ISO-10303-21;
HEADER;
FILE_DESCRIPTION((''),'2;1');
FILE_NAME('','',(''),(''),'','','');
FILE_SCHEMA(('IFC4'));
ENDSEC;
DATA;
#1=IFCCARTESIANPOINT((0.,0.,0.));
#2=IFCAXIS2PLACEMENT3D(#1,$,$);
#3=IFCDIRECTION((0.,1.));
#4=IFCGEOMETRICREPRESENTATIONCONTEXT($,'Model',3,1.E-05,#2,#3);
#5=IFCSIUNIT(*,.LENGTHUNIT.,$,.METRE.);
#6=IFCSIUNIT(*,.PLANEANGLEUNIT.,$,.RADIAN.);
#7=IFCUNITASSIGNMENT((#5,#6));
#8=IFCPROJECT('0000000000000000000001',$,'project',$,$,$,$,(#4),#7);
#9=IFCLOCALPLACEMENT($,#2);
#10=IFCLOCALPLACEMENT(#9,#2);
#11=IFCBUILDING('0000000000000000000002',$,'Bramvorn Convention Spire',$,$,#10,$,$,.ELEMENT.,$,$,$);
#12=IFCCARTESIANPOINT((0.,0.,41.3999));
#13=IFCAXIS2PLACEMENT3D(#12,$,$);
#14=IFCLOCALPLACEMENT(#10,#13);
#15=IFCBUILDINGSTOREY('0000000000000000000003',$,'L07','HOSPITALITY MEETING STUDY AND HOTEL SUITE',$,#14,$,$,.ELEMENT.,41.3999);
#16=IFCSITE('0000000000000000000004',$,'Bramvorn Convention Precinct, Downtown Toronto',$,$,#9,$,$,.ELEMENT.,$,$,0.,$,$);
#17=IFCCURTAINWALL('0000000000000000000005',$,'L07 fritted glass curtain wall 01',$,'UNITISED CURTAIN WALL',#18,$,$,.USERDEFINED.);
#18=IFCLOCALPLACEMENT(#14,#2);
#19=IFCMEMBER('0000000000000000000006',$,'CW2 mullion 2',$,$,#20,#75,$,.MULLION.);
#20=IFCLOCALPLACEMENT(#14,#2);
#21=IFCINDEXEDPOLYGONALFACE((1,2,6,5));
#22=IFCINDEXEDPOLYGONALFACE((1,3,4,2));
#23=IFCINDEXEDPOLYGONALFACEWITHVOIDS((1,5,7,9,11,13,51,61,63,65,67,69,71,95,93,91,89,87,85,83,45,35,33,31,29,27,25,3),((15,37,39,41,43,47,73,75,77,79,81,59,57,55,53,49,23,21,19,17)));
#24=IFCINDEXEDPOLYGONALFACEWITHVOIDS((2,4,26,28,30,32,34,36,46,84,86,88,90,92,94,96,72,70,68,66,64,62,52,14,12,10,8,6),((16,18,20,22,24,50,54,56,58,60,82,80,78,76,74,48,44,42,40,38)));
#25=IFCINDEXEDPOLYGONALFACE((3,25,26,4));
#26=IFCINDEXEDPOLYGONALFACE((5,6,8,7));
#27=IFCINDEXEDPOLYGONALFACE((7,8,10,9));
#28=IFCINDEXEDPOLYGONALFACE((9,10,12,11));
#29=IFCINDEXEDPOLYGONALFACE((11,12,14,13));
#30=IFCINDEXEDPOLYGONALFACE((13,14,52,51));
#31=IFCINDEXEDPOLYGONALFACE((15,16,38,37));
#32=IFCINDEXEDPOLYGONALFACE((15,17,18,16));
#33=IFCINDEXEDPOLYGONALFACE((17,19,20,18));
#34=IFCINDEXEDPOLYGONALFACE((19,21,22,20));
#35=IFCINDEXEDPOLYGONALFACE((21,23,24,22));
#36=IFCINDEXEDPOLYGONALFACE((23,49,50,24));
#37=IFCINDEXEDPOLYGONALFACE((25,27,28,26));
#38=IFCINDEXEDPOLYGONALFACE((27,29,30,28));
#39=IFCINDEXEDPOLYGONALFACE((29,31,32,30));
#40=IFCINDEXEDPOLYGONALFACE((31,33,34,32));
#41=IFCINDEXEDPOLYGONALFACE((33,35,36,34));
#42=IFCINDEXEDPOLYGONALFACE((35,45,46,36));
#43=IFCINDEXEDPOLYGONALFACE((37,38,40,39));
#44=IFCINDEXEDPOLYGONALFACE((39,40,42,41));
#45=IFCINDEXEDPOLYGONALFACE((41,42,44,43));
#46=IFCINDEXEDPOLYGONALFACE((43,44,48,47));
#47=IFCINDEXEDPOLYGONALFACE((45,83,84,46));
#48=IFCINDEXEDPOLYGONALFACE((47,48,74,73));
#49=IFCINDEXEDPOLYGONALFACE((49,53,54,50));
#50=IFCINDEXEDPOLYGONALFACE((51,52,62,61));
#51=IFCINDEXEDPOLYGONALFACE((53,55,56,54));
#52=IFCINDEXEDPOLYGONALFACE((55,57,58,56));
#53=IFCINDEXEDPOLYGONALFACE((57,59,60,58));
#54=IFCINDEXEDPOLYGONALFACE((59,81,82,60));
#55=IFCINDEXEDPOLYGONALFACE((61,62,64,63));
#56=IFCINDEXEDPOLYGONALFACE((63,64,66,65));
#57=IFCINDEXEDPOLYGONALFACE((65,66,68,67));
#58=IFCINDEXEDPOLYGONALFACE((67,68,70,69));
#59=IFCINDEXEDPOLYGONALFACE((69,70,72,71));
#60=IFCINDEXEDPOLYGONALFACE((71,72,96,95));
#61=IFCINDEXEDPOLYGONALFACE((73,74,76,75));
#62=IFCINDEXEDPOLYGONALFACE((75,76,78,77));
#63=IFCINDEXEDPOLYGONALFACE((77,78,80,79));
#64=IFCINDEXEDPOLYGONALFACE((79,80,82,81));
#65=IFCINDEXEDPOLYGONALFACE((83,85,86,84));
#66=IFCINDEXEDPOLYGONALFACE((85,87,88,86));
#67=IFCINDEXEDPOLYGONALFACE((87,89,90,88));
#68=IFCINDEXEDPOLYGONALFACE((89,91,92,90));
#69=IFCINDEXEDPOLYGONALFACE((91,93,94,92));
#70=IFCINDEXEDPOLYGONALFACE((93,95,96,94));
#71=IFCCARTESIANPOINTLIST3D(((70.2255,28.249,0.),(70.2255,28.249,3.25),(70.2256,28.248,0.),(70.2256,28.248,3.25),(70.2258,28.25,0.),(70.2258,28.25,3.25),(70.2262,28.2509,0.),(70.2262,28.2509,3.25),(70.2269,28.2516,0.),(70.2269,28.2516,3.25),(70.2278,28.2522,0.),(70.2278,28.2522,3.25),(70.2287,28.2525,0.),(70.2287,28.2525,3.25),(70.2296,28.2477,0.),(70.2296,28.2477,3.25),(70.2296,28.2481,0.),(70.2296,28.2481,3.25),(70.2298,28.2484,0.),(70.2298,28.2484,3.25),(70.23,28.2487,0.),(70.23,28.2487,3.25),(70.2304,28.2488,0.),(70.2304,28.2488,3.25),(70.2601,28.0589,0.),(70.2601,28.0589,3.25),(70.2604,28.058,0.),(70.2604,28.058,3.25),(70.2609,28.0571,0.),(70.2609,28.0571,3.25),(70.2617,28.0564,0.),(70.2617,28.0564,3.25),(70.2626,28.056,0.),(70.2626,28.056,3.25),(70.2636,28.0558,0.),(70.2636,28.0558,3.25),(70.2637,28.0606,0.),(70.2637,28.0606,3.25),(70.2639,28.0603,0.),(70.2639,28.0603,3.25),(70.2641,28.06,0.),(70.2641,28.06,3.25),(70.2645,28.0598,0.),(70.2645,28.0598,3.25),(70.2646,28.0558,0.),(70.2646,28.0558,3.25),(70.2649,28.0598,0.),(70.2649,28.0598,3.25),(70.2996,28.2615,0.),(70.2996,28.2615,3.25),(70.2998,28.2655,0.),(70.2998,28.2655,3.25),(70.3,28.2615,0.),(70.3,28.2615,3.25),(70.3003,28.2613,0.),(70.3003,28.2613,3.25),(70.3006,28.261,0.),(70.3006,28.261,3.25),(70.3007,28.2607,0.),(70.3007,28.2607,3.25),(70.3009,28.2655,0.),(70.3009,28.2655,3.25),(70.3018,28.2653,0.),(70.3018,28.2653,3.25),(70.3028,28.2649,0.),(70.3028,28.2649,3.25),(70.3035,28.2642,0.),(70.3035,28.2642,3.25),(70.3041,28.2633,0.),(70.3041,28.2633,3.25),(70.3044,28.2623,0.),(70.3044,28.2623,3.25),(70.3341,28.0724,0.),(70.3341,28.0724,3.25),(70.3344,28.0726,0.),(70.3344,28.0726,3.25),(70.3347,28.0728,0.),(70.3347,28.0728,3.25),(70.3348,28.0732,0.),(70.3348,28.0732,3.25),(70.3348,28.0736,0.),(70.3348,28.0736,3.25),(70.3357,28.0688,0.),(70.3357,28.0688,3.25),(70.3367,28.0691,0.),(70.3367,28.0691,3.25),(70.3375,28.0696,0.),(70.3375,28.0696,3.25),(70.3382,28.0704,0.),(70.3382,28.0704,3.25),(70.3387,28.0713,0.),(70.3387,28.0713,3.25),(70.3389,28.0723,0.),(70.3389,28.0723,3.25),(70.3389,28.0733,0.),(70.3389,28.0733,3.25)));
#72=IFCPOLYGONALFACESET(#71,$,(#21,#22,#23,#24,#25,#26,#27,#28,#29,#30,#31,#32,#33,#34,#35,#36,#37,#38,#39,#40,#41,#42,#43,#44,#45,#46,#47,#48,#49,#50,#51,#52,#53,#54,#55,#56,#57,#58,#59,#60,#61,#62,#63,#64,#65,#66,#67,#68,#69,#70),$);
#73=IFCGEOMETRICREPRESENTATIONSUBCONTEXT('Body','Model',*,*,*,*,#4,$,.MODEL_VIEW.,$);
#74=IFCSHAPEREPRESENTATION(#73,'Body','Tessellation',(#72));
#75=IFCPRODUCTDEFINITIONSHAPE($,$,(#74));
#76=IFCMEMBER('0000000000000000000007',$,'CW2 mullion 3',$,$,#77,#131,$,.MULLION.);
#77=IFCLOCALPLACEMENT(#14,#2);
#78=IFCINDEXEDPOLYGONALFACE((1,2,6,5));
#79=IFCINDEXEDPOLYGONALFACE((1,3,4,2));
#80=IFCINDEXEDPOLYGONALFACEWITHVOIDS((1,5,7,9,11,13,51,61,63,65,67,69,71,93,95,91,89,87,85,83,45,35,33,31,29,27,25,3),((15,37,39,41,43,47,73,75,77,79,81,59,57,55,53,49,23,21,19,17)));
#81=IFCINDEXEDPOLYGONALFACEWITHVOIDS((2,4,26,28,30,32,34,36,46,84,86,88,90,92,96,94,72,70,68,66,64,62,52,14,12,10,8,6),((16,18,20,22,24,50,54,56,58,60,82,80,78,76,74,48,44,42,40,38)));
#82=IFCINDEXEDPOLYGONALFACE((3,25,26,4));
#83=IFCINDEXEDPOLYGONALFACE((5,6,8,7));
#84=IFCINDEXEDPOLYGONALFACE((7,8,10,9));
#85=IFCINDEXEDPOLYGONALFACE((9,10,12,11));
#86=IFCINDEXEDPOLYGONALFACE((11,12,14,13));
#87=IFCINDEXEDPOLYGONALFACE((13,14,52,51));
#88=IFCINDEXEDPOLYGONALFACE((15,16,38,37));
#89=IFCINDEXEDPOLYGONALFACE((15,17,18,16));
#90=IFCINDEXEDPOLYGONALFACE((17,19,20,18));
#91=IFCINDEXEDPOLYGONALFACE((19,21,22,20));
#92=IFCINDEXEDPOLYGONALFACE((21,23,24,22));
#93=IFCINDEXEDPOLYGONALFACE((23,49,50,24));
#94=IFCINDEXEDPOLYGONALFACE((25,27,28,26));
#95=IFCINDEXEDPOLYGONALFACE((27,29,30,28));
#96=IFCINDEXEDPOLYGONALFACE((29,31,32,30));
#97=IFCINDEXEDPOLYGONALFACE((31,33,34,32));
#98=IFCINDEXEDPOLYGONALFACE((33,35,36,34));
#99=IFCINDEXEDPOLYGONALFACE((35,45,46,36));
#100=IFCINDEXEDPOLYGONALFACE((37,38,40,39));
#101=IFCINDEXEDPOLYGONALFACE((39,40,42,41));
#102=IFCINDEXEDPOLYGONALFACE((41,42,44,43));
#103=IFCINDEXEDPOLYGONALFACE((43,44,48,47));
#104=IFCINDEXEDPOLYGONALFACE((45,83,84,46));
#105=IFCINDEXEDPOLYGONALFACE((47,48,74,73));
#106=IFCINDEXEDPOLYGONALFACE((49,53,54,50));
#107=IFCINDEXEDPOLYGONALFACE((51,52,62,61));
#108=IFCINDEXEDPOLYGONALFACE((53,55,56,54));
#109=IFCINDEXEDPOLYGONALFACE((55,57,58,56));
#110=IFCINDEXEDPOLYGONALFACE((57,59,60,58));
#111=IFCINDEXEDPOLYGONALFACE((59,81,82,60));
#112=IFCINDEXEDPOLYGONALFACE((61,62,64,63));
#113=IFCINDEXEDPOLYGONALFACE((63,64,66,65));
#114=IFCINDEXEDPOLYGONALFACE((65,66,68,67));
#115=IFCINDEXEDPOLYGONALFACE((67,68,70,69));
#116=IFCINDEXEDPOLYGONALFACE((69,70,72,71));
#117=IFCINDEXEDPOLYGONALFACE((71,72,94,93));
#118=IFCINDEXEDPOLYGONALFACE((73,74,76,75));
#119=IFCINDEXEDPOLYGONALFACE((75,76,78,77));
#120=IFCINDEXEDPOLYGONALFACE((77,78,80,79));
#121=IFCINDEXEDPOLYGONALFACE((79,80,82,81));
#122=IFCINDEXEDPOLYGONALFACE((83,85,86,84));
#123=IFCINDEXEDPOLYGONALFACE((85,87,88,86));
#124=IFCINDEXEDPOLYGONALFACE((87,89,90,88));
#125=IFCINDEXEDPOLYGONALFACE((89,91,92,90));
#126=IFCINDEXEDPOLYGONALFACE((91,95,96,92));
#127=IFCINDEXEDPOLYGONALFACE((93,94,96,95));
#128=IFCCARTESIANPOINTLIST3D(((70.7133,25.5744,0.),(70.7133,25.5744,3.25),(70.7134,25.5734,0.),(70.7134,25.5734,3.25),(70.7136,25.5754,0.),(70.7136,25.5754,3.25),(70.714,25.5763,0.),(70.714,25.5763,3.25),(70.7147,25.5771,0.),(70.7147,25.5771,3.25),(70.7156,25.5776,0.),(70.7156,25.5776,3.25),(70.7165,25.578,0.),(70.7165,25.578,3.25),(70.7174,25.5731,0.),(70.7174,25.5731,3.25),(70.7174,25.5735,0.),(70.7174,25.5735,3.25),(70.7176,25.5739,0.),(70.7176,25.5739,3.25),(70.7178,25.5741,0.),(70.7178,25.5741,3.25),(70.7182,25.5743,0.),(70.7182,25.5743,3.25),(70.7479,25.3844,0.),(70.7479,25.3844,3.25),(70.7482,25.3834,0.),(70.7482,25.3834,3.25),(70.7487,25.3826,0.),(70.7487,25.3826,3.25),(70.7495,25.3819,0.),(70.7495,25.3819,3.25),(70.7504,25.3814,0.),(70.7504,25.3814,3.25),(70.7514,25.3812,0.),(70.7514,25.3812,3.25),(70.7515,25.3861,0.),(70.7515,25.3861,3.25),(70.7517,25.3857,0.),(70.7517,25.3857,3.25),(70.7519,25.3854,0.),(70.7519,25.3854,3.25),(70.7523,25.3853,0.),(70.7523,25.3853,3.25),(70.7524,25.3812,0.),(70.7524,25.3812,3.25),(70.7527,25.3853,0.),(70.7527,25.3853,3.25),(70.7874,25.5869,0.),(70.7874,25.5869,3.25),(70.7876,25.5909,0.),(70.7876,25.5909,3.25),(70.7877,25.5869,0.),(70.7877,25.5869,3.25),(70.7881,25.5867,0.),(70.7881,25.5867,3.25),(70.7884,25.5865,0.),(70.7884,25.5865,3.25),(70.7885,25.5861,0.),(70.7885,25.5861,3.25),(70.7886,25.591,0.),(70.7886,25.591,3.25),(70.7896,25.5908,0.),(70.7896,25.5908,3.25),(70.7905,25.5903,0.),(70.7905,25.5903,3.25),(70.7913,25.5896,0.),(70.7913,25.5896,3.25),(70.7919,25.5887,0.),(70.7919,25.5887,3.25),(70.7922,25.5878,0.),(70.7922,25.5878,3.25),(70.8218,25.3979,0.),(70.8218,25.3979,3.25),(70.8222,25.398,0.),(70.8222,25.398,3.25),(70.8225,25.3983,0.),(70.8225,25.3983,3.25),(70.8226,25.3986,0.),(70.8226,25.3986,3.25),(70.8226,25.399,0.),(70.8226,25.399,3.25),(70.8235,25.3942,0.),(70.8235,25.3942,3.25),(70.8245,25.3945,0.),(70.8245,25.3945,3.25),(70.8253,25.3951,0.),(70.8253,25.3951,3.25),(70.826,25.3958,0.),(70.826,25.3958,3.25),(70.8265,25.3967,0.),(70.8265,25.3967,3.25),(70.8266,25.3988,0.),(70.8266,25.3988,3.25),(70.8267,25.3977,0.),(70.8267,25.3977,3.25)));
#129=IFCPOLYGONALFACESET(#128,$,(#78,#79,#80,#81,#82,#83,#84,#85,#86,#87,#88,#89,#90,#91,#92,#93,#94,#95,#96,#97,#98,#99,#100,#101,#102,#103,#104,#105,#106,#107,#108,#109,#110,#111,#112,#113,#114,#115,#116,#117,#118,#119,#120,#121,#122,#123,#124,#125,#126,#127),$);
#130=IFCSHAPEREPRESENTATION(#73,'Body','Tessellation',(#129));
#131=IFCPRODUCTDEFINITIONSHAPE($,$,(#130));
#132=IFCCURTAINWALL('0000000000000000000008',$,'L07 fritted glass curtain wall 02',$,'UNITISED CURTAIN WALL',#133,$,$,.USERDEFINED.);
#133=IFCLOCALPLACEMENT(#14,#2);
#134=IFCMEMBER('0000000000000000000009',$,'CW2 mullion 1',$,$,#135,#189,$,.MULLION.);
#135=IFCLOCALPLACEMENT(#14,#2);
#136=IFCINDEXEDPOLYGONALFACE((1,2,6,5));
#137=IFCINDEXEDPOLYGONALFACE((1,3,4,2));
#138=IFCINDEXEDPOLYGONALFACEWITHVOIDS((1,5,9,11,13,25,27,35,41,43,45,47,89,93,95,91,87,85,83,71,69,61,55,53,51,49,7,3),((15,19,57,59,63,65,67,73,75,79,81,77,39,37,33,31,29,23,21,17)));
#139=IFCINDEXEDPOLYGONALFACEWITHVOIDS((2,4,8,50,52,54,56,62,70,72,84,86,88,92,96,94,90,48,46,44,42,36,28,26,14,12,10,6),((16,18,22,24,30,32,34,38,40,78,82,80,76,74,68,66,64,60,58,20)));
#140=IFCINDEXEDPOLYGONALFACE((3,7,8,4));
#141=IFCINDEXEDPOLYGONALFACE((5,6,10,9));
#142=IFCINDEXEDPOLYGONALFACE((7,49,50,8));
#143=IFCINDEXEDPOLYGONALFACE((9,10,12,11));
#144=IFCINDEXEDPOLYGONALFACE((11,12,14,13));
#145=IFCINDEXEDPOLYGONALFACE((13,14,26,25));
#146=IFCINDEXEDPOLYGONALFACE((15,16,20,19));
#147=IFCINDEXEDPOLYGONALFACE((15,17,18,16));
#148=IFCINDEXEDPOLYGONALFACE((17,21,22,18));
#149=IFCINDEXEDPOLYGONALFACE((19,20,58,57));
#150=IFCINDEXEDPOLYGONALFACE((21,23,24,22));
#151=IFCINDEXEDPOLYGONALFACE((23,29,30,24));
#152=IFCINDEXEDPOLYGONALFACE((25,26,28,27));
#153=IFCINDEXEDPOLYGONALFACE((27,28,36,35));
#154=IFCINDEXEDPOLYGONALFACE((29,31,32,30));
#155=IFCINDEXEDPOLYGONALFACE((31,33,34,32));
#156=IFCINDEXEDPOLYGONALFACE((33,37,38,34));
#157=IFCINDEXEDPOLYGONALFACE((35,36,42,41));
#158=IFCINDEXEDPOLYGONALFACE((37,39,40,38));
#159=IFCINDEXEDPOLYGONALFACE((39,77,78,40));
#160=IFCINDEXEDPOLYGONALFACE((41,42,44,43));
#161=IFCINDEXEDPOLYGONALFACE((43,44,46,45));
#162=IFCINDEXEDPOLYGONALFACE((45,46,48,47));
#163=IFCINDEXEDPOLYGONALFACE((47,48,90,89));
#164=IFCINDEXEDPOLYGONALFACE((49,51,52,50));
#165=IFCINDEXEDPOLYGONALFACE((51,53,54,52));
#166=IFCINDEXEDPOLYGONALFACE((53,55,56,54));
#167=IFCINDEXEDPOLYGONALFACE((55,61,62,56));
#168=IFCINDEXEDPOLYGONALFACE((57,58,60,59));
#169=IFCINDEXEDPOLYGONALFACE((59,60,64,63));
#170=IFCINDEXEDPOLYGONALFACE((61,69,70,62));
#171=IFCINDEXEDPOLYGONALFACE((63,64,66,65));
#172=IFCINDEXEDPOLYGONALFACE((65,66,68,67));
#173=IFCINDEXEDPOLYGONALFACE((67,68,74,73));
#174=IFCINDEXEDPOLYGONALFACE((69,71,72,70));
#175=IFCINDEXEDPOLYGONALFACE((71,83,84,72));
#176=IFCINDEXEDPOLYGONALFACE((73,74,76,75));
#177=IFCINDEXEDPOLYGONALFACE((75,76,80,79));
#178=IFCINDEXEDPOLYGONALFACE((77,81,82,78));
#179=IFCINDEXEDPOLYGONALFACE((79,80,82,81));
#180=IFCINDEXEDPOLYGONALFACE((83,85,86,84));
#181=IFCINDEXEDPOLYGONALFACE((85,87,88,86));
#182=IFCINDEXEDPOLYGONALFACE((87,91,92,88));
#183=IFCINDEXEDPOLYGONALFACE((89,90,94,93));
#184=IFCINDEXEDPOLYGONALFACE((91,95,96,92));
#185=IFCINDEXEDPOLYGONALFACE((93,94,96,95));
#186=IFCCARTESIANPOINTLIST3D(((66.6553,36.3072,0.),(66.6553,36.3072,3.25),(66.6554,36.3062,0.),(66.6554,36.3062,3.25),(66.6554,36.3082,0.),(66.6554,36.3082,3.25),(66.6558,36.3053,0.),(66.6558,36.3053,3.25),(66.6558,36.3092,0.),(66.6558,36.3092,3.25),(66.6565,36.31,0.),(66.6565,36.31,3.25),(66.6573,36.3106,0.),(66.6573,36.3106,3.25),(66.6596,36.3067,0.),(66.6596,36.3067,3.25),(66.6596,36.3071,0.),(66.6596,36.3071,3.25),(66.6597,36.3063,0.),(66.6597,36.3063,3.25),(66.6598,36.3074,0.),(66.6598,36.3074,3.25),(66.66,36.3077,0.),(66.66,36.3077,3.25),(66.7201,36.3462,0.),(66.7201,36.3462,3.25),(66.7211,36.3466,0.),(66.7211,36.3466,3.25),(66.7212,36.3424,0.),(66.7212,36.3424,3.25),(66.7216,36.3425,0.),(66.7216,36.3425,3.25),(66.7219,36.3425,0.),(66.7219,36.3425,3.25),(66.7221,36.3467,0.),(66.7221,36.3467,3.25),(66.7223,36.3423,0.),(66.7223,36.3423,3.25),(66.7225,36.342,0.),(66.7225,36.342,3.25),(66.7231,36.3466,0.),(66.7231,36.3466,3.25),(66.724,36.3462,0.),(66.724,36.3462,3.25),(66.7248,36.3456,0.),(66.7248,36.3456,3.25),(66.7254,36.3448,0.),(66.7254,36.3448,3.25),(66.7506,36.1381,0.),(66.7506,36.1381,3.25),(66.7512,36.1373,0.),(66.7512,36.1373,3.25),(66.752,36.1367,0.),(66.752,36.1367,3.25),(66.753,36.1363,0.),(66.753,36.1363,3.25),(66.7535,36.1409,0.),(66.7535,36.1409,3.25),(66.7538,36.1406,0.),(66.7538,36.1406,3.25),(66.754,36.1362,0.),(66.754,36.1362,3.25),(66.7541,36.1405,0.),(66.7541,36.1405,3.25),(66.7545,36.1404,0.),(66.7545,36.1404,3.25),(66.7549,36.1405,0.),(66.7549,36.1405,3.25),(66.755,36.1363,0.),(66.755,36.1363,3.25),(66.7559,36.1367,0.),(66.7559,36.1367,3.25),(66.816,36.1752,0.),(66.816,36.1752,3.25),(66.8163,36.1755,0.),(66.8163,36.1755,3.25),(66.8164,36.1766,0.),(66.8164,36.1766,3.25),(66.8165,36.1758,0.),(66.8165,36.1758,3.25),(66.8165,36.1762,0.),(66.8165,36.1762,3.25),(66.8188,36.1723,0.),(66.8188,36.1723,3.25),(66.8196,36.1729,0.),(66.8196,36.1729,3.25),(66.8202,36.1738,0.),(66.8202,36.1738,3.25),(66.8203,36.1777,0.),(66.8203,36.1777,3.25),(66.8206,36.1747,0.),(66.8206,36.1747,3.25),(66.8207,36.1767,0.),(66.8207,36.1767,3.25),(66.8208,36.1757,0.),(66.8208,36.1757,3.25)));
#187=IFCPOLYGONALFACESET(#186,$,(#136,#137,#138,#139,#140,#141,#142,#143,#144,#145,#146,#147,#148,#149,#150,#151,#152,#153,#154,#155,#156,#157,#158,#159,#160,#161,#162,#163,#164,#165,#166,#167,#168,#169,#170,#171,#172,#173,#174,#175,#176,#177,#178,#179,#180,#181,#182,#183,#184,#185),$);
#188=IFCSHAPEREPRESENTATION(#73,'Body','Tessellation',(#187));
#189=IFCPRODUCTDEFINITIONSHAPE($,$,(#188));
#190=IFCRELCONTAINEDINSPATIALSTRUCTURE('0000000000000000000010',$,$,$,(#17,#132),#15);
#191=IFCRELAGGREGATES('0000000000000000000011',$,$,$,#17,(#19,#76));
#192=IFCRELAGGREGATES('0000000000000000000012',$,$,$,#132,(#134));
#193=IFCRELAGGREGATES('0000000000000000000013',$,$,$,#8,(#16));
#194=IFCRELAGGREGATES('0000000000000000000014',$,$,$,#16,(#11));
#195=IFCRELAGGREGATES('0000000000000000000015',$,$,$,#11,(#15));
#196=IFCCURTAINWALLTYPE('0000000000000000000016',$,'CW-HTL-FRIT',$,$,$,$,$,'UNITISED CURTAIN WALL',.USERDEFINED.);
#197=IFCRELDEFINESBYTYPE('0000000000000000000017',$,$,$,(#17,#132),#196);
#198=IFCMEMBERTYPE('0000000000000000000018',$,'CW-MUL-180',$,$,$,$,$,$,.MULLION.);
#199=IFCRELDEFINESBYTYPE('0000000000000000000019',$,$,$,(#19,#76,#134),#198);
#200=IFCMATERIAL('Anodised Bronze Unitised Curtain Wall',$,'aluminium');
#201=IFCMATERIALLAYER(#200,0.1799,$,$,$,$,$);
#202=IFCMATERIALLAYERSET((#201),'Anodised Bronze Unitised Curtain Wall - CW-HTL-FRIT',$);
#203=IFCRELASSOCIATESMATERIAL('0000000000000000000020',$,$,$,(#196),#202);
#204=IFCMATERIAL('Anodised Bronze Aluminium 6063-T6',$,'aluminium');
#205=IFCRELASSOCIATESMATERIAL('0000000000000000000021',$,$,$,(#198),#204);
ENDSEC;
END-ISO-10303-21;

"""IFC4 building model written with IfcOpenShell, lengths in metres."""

from ifc_helpers import new_model, si_unit, direction, frame, origin, origin_2d, place, context, subcontext, project, spatial, hollow_rectangle, extrude, material, layer, layer_set, material_profile, profile_set, type_object, element, aggregate, save


model = new_model("IFC4")

# Units and contexts
model_context = context("Model", 3, precision=1e-05, world=origin(), true_north=direction((0.0, 1.0)))
body_context = subcontext(model_context, "Body", "Model", "MODEL_VIEW")
ifc_project = project(units=[si_unit("LENGTHUNIT", "METRE"), si_unit("PLANEANGLEUNIT", "RADIAN")], contexts=[model_context])

# Site, building, storey
site_placement = place(None, origin())
site = spatial("IfcSite", under=ifc_project, at=site_placement, Name="Bramvorn Convention Precinct, Downtown Toronto", CompositionType="ELEMENT", RefElevation=0.0)
building_placement = place(site_placement, origin())
building = spatial("IfcBuilding", under=site, at=building_placement, Name="Bramvorn Convention Spire", CompositionType="ELEMENT")
storey_placement = place(building_placement, frame((0.0, 0.0, 41.3999)))
storey = spatial("IfcBuildingStorey", under=building, at=storey_placement, Name="L07", Description="HOSPITALITY MEETING STUDY AND HOTEL SUITE", CompositionType="ELEMENT", Elevation=41.3999)

# Curtain walls, members
ifc_material_1 = material(Name="Anodised Bronze Unitised Curtain Wall", Category="aluminium")
ifc_layer_1 = layer(ifc_material_1, 0.1799)
ifc_layer_set_1 = layer_set([ifc_layer_1], Name="Anodised Bronze Unitised Curtain Wall - CW-HTL-FRIT")
curtain_wall_type = type_object("IfcCurtainWallType", Name="CW-HTL-FRIT", ElementType="UNITISED CURTAIN WALL", PredefinedType="USERDEFINED", material=ifc_layer_set_1)
curtain_wall_1_placement = place(storey_placement, origin())
curtain_wall_1 = element("IfcCurtainWall", 1, at=curtain_wall_1_placement, inside=storey, type_object=curtain_wall_type, Name="L07 fritted glass curtain wall 01", ObjectType="UNITISED CURTAIN WALL", PredefinedType="USERDEFINED")
ifc_material_2 = material(Name="Anodised Bronze Aluminium 6063-T6", Category="aluminium")
ifc_material_profile_1 = material_profile(ifc_material_2, hollow_rectangle(XDim=0.0801, YDim=0.2, WallThickness=0.0039, InnerFilletRadius=0.001, OuterFilletRadius=0.0039, at=origin_2d()))
ifc_profile_set_1 = profile_set([ifc_material_profile_1], Name="Anodised Bronze Aluminium 6063-T6 - CWM80X200")
member_type_1 = type_object("IfcMemberType", Name="CW-MUL-180", PredefinedType="MULLION", material=ifc_profile_set_1)
member_1_placement = place(storey_placement, frame((70.2822, 28.1606, 0.0), z_axis=(0.0, 0.0, 1.0), x_axis=(0.983768, 0.179447, 0.0)))
member_1 = element("IfcMember", 2, at=member_1_placement, type_object=member_type_1, Name="CW2 mullion 2", PredefinedType="MULLION", context=body_context, shape_type="SweptSolid", body=[
    extrude(hollow_rectangle(XDim=0.0801, YDim=0.2, WallThickness=0.0039, InnerFilletRadius=0.001, OuterFilletRadius=0.0039, at=origin_2d()), origin(), (0.0, 0.0, 1.0), 3.25),
])
member_2_placement = place(storey_placement, frame((70.77, 25.4861, 0.0), z_axis=(0.0, 0.0, 1.0), x_axis=(0.983768, 0.179447, 0.0)))
member_2 = element("IfcMember", 3, at=member_2_placement, type_object=member_type_1, Name="CW2 mullion 3", PredefinedType="MULLION", context=body_context, shape_type="SweptSolid", body=[
    extrude(hollow_rectangle(XDim=0.0801, YDim=0.2, WallThickness=0.0039, InnerFilletRadius=0.001, OuterFilletRadius=0.0039, at=origin_2d()), origin(), (0.0, 0.0, 1.0), 3.25),
])
curtain_wall_2_placement = place(storey_placement, origin())
curtain_wall_2 = element("IfcCurtainWall", 4, at=curtain_wall_2_placement, inside=storey, type_object=curtain_wall_type, Name="L07 fritted glass curtain wall 02", ObjectType="UNITISED CURTAIN WALL", PredefinedType="USERDEFINED")
member_3_placement = place(storey_placement, frame((66.738, 36.2415, 0.0), z_axis=(0.0, 0.0, 1.0), x_axis=(0.869742, 0.493507, 0.0)))
member_3 = element("IfcMember", 5, at=member_3_placement, type_object=member_type_1, Name="CW2 mullion 1", PredefinedType="MULLION", context=body_context, shape_type="SweptSolid", body=[
    extrude(hollow_rectangle(XDim=0.0801, YDim=0.2, WallThickness=0.0039, InnerFilletRadius=0.001, OuterFilletRadius=0.0039, at=origin_2d()), origin(), (0.0, 0.0, 1.0), 3.25),
])

aggregate(curtain_wall_1, [member_1, member_2])
aggregate(curtain_wall_2, [member_3])

save(model, "model.ifc")
